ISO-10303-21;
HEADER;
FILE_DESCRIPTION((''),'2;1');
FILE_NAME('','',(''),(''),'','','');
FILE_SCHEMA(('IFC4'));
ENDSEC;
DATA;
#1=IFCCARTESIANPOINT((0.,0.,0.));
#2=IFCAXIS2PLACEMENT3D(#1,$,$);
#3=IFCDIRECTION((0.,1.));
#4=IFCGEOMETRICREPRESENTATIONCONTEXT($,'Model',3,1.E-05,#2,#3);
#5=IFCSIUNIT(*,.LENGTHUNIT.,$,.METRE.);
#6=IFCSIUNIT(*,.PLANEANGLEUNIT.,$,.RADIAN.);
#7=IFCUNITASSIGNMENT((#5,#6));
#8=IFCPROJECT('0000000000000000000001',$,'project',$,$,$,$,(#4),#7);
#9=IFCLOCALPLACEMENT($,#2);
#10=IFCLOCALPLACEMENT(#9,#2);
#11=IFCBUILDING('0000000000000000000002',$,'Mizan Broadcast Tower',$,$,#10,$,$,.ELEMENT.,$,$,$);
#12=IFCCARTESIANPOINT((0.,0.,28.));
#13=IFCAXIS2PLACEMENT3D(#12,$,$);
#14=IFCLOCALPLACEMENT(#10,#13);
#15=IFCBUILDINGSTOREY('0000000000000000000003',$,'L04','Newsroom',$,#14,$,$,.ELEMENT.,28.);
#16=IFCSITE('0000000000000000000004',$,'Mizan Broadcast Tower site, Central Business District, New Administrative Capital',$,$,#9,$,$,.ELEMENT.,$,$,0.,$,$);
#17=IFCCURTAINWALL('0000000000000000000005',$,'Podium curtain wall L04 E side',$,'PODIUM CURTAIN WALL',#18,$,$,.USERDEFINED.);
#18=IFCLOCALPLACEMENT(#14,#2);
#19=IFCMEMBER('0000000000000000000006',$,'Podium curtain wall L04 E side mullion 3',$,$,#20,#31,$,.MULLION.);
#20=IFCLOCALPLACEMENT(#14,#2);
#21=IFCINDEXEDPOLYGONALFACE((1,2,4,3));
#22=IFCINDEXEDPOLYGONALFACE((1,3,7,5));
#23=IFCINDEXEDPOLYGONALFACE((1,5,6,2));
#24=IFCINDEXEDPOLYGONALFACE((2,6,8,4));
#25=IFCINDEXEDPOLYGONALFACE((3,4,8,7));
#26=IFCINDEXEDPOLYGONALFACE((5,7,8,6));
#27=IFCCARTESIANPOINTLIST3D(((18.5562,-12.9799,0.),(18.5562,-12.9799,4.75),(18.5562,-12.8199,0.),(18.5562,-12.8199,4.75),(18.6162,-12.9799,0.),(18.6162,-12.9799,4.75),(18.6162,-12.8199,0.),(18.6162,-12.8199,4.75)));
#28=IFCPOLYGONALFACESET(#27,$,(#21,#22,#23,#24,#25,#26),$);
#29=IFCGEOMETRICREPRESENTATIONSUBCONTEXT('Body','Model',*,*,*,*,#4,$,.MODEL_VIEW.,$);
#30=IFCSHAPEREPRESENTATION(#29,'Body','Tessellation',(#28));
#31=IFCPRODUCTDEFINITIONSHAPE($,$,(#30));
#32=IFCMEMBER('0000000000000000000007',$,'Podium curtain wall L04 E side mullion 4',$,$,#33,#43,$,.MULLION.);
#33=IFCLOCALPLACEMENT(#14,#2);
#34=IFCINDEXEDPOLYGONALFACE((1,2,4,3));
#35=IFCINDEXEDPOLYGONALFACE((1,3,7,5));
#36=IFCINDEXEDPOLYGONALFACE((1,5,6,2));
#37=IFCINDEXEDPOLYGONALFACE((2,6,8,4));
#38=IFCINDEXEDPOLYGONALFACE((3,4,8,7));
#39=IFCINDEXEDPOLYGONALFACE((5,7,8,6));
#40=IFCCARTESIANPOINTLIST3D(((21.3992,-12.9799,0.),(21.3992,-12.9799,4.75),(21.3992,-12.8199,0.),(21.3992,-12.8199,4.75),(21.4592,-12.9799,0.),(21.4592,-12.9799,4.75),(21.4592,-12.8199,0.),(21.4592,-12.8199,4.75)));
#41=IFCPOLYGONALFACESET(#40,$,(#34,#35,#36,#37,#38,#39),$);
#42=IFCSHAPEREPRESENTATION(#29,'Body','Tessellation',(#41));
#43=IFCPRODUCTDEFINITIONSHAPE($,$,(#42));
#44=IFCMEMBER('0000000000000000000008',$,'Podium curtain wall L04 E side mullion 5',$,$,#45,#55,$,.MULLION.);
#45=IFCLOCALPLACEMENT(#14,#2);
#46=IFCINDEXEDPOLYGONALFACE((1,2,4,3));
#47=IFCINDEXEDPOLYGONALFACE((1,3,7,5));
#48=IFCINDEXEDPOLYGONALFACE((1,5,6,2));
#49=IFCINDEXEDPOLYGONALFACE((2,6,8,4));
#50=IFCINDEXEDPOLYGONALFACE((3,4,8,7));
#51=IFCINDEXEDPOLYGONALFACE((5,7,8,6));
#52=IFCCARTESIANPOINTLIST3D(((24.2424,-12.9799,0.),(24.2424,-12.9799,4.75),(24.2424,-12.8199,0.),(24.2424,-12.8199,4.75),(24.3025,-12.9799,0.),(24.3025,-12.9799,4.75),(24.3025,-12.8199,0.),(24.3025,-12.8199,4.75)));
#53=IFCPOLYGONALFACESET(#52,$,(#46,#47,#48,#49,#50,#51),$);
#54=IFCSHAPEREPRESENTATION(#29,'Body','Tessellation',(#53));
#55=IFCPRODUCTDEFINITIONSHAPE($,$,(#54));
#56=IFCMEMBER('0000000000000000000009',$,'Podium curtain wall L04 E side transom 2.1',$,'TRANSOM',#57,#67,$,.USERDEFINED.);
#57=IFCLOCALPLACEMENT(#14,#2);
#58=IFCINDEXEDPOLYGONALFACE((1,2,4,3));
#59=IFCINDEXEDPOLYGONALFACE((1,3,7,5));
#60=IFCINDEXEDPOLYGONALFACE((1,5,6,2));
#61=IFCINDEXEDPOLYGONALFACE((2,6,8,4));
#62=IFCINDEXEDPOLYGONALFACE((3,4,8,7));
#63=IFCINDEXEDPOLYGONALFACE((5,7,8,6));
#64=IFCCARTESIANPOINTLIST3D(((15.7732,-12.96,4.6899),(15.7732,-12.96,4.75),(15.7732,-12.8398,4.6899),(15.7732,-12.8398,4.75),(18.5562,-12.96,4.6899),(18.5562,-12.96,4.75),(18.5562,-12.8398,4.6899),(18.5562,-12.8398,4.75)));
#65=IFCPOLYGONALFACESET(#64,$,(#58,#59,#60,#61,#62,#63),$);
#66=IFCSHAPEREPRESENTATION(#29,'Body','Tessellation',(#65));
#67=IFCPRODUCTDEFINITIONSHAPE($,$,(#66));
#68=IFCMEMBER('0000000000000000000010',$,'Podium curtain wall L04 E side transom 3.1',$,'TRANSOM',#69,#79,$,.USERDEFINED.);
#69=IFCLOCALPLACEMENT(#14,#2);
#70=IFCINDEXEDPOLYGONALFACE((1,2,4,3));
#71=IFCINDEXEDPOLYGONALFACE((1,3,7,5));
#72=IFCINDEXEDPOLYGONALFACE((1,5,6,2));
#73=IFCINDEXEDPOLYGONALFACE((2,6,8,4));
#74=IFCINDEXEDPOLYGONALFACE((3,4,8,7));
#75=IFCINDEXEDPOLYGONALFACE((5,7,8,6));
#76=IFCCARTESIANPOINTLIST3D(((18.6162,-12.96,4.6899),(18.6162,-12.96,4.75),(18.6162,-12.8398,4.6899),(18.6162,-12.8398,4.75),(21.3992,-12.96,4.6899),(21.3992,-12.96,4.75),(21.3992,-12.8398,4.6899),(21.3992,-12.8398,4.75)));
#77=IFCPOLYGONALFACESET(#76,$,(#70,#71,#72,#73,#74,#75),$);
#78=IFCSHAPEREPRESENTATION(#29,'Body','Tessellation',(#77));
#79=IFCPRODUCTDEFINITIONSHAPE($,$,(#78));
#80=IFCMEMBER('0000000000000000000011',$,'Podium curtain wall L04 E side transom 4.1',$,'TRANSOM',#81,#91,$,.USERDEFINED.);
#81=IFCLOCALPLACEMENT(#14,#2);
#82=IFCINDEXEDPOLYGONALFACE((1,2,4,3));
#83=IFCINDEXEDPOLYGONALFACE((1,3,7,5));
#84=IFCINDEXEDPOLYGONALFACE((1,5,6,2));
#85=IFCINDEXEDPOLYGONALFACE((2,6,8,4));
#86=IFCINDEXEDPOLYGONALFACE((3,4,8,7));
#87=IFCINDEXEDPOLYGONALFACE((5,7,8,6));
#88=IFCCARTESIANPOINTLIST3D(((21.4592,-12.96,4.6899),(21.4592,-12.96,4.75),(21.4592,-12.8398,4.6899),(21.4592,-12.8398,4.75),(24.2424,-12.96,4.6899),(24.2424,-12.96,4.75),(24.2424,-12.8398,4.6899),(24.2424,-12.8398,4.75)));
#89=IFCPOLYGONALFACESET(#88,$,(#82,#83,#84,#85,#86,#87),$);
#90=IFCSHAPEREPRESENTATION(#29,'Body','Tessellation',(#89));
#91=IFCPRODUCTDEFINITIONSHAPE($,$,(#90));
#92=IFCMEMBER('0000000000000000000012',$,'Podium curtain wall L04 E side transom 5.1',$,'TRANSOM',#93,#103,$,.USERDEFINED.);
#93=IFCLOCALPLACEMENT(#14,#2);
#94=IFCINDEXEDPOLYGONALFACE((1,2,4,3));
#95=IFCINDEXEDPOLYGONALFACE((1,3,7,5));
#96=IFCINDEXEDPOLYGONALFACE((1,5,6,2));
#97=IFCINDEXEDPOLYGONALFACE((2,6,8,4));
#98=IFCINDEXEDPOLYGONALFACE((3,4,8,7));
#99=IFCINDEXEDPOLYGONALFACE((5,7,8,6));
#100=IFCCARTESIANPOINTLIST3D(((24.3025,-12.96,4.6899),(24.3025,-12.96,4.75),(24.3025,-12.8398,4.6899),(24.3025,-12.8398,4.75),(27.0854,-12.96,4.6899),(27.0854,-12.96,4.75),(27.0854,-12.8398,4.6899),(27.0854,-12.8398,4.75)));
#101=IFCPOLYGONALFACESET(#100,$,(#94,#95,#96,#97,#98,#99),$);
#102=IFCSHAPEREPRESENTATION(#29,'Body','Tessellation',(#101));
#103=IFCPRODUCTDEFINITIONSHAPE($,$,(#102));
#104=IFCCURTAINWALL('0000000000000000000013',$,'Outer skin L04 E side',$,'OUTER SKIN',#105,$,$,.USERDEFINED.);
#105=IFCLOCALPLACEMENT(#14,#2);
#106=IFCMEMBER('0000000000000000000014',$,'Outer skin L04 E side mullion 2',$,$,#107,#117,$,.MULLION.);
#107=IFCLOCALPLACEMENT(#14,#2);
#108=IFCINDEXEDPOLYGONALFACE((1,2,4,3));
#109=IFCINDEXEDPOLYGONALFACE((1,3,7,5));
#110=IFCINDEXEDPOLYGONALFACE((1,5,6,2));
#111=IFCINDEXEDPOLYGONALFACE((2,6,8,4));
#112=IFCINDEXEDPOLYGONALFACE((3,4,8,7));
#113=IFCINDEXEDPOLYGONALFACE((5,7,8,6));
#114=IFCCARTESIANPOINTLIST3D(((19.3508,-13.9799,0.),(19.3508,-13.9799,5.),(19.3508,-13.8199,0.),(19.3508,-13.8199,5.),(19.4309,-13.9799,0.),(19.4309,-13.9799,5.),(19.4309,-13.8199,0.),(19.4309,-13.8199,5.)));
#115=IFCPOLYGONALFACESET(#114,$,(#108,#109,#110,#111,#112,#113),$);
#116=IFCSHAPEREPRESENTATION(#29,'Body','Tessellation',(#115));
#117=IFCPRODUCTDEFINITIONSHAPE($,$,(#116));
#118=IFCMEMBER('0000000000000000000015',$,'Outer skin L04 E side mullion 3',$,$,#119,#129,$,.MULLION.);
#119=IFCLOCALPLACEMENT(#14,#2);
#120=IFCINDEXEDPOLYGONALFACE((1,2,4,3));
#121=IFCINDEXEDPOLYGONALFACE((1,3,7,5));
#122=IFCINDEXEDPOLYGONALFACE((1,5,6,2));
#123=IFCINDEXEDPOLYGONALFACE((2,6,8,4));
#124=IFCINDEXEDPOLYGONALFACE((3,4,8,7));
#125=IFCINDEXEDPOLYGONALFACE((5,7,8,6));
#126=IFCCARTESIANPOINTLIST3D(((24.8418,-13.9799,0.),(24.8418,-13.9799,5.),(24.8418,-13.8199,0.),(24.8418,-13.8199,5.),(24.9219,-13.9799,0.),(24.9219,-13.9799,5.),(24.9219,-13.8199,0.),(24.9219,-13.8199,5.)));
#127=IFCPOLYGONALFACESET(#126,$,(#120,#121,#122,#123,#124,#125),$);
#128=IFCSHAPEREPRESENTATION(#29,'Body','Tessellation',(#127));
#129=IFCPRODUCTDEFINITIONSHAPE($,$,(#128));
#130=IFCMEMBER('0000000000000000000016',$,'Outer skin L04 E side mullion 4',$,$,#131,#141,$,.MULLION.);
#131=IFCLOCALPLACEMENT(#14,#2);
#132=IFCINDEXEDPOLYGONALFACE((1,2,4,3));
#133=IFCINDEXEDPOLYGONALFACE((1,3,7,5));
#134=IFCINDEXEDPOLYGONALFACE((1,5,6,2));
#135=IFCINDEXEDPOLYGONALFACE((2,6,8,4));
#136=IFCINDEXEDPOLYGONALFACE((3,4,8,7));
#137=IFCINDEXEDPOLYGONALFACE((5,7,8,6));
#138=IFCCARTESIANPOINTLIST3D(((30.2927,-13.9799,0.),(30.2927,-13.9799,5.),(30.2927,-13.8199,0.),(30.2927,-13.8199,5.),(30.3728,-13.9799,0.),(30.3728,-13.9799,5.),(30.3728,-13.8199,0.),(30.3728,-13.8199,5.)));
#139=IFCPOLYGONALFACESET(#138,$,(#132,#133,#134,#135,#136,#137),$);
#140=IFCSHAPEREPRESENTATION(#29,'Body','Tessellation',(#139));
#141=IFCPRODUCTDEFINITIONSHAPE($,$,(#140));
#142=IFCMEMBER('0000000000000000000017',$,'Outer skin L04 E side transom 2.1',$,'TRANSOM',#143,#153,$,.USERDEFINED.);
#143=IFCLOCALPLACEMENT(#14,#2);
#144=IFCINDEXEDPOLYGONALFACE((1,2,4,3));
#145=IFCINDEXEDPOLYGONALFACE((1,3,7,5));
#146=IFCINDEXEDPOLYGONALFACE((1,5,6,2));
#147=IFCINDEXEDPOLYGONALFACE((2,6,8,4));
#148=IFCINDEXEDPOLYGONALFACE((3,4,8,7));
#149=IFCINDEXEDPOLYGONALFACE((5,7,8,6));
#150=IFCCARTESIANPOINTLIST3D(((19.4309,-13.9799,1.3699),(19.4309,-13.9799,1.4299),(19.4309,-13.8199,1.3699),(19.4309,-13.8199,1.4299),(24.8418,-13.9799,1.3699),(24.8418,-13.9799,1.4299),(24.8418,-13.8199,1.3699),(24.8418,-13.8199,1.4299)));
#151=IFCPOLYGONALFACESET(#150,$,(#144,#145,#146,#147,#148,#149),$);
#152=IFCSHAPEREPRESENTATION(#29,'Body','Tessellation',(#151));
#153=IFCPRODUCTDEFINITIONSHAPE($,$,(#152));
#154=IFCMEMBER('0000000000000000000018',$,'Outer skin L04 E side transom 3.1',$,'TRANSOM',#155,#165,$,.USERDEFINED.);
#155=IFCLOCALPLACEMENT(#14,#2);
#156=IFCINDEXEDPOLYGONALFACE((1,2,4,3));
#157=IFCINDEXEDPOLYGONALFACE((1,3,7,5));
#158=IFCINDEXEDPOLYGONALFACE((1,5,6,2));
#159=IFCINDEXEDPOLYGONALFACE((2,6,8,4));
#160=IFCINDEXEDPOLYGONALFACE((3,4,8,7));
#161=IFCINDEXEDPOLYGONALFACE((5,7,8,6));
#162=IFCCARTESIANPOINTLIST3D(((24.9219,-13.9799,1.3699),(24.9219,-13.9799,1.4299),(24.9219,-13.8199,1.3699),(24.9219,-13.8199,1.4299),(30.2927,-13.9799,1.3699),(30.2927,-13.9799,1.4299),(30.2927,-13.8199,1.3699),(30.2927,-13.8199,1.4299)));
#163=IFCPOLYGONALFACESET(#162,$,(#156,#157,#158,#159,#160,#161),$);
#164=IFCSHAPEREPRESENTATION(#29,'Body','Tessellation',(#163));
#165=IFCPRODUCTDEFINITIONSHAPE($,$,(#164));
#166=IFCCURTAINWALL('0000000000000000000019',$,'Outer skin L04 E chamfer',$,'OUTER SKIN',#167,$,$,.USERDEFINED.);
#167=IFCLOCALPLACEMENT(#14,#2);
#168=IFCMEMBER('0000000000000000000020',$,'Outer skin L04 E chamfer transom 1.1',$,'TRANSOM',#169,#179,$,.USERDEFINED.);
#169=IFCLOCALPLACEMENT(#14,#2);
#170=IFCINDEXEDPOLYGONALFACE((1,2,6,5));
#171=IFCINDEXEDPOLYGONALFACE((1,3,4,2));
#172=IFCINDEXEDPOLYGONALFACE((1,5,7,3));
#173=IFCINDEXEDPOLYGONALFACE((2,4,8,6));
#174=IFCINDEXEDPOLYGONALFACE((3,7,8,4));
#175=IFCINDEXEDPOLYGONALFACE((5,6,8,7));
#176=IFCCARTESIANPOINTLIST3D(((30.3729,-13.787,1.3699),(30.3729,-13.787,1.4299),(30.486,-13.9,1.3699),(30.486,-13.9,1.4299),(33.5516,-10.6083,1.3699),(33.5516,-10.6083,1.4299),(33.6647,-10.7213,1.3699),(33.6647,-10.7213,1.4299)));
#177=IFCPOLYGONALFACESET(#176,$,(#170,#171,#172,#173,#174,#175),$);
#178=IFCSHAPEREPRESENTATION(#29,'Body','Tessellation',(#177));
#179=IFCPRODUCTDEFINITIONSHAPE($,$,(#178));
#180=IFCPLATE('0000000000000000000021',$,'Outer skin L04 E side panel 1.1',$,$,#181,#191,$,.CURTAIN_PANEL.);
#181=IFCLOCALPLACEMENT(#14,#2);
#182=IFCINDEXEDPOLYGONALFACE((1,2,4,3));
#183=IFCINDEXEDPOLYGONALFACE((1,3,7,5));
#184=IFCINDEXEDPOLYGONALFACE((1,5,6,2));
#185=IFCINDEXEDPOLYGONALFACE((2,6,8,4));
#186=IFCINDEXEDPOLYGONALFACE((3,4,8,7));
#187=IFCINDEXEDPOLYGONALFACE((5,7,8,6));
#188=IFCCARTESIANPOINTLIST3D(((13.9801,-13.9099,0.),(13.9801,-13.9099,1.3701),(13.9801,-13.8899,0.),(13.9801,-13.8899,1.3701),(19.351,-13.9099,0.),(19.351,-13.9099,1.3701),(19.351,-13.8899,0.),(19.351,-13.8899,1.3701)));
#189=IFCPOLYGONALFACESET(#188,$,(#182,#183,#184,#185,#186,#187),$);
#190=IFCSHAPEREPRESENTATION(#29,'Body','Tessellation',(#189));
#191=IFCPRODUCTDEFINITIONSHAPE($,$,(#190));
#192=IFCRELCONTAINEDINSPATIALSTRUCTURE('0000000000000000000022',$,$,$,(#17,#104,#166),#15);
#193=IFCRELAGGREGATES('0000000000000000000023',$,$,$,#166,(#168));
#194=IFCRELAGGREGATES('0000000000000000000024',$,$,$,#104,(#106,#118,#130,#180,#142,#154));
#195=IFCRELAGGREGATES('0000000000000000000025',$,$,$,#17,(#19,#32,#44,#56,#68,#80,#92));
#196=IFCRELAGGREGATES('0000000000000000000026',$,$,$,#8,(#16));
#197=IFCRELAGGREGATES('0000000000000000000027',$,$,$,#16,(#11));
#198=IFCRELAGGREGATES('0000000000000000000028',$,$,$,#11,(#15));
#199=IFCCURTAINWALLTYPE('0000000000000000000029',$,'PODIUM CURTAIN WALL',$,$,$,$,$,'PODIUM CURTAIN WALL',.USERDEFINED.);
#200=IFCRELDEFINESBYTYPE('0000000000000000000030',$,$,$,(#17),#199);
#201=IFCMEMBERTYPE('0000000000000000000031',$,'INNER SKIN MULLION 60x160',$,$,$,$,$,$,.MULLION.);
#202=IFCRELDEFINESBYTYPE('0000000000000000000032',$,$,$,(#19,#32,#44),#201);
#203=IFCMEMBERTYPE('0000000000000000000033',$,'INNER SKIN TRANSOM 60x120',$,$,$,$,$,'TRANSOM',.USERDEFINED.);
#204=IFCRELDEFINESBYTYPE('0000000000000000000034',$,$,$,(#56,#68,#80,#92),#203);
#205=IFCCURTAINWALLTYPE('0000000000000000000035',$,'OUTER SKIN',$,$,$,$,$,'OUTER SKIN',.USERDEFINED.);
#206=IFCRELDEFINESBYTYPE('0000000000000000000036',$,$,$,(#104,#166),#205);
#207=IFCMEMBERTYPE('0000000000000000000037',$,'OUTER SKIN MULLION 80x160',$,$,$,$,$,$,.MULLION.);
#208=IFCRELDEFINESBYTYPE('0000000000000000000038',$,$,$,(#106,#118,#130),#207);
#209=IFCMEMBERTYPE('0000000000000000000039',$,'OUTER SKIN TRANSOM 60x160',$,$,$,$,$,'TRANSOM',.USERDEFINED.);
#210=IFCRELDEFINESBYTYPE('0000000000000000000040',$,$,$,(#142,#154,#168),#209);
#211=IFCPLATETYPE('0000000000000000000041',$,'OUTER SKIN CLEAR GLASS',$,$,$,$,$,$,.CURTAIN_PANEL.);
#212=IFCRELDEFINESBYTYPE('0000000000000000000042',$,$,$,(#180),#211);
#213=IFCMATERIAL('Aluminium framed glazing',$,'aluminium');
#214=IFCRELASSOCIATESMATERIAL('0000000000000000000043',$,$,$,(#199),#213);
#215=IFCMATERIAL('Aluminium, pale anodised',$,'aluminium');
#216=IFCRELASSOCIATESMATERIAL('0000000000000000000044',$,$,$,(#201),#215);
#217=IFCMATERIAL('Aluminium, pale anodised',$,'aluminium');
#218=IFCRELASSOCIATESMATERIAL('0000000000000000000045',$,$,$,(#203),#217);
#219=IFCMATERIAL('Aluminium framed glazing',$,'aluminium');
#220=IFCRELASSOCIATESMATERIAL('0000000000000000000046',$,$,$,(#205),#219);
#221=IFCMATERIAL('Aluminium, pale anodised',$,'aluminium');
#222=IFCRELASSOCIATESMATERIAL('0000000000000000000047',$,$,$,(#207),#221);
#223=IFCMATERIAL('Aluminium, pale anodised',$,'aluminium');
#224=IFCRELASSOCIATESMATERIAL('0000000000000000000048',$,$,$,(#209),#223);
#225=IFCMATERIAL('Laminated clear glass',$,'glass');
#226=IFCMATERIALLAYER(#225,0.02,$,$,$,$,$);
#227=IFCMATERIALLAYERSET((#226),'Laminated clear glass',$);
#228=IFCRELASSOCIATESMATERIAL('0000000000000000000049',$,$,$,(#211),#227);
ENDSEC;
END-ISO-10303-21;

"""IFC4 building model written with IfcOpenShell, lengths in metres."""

from ifc_helpers import new_model, si_unit, direction, frame, origin, origin_2d, place, context, subcontext, project, spatial, rectangle, extrude, material, layer, layer_set, material_profile, profile_set, type_object, element, aggregate, save


model = new_model("IFC4")

# Units and contexts
model_context = context("Model", 3, precision=1e-05, world=origin(), true_north=direction((0.0, 1.0)))
body_context = subcontext(model_context, "Body", "Model", "MODEL_VIEW")
ifc_project = project(units=[si_unit("LENGTHUNIT", "METRE"), si_unit("PLANEANGLEUNIT", "RADIAN")], contexts=[model_context])

# Site, building, storey
site_placement = place(None, origin())
site = spatial("IfcSite", under=ifc_project, at=site_placement, Name="Mizan Broadcast Tower site, Central Business District, New Administrative Capital", CompositionType="ELEMENT", RefElevation=0.0)
building_placement = place(site_placement, origin())
building = spatial("IfcBuilding", under=site, at=building_placement, Name="Mizan Broadcast Tower", CompositionType="ELEMENT")
storey_placement = place(building_placement, frame((0.0, 0.0, 28.0)))
storey = spatial("IfcBuildingStorey", under=building, at=storey_placement, Name="L04", Description="Newsroom", CompositionType="ELEMENT", Elevation=28.0)

# Curtain walls, members
ifc_material_1 = material(Name="Aluminium framed glazing", Category="aluminium")
curtain_wall_type_1 = type_object("IfcCurtainWallType", Name="PODIUM CURTAIN WALL", ElementType="PODIUM CURTAIN WALL", PredefinedType="USERDEFINED", material=ifc_material_1)
curtain_wall_1_placement = place(storey_placement, origin())
curtain_wall_1 = element("IfcCurtainWall", 1, at=curtain_wall_1_placement, inside=storey, type_object=curtain_wall_type_1, Name="Podium curtain wall L04 E side", ObjectType="PODIUM CURTAIN WALL", PredefinedType="USERDEFINED")
ifc_material_2 = material(Name="Aluminium, pale anodised", Category="aluminium")
ifc_material_profile_1 = material_profile(ifc_material_2, rectangle(XDim=0.1599, YDim=0.0601, at=origin_2d()), Name="MULLION 160x60")
ifc_profile_set_1 = profile_set([ifc_material_profile_1], Name="Aluminium, pale anodised")
member_type_1 = type_object("IfcMemberType", Name="INNER SKIN MULLION 60x160", PredefinedType="MULLION", material=ifc_profile_set_1)
member_1_placement = place(storey_placement, frame((18.5862, -12.8999, 0.0), z_axis=(0.0, 0.0, 1.0), x_axis=(0.0, 1.0, 0.0)))
member_1 = element("IfcMember", 2, at=member_1_placement, type_object=member_type_1, Name="Podium curtain wall L04 E side mullion 3", PredefinedType="MULLION", context=body_context, shape_type="SweptSolid", body=[
    extrude(rectangle(XDim=0.1599, YDim=0.0601, at=origin_2d()), origin(), (0.0, 0.0, 1.0), 4.75),
])
member_2_placement = place(storey_placement, frame((21.4292, -12.8999, 0.0), z_axis=(0.0, 0.0, 1.0), x_axis=(0.0, 1.0, 0.0)))
member_2 = element("IfcMember", 3, at=member_2_placement, type_object=member_type_1, Name="Podium curtain wall L04 E side mullion 4", PredefinedType="MULLION", context=body_context, shape_type="SweptSolid", body=[
    extrude(rectangle(XDim=0.1599, YDim=0.0601, at=origin_2d()), origin(), (0.0, 0.0, 1.0), 4.75),
])
member_3_placement = place(storey_placement, frame((24.2725, -12.8999, 0.0), z_axis=(0.0, 0.0, 1.0), x_axis=(0.0, 1.0, 0.0)))
member_3 = element("IfcMember", 4, at=member_3_placement, type_object=member_type_1, Name="Podium curtain wall L04 E side mullion 5", PredefinedType="MULLION", context=body_context, shape_type="SweptSolid", body=[
    extrude(rectangle(XDim=0.1599, YDim=0.0601, at=origin_2d()), origin(), (0.0, 0.0, 1.0), 4.75),
])
ifc_material_3 = material(Name="Aluminium, pale anodised", Category="aluminium")
ifc_material_profile_2 = material_profile(ifc_material_3, rectangle(XDim=0.1201, YDim=0.0601, at=origin_2d()), Name="TRANSOM 120x60")
ifc_profile_set_2 = profile_set([ifc_material_profile_2], Name="Aluminium, pale anodised")
member_type_2 = type_object("IfcMemberType", Name="INNER SKIN TRANSOM 60x120", ElementType="TRANSOM", PredefinedType="USERDEFINED", material=ifc_profile_set_2)
member_4_placement = place(storey_placement, frame((15.7732, -12.8999, 4.72), z_axis=(1.0, 0.0, 0.0), x_axis=(0.0, 1.0, 0.0)))
member_4 = element("IfcMember", 5, at=member_4_placement, type_object=member_type_2, Name="Podium curtain wall L04 E side transom 2.1", ObjectType="TRANSOM", PredefinedType="USERDEFINED", context=body_context, shape_type="SweptSolid", body=[
    extrude(rectangle(XDim=0.1201, YDim=0.0601, at=origin_2d()), origin(), (0.0, 0.0, 1.0), 2.783),
])
member_5_placement = place(storey_placement, frame((18.6162, -12.8999, 4.72), z_axis=(1.0, 0.0, 0.0), x_axis=(0.0, 1.0, 0.0)))
member_5 = element("IfcMember", 6, at=member_5_placement, type_object=member_type_2, Name="Podium curtain wall L04 E side transom 3.1", ObjectType="TRANSOM", PredefinedType="USERDEFINED", context=body_context, shape_type="SweptSolid", body=[
    extrude(rectangle(XDim=0.1201, YDim=0.0601, at=origin_2d()), origin(), (0.0, 0.0, 1.0), 2.783),
])
member_6_placement = place(storey_placement, frame((21.4592, -12.8999, 4.72), z_axis=(1.0, 0.0, 0.0), x_axis=(0.0, 1.0, 0.0)))
member_6 = element("IfcMember", 7, at=member_6_placement, type_object=member_type_2, Name="Podium curtain wall L04 E side transom 4.1", ObjectType="TRANSOM", PredefinedType="USERDEFINED", context=body_context, shape_type="SweptSolid", body=[
    extrude(rectangle(XDim=0.1201, YDim=0.0601, at=origin_2d()), origin(), (0.0, 0.0, 1.0), 2.7832),
])
member_7_placement = place(storey_placement, frame((24.3025, -12.8999, 4.72), z_axis=(1.0, 0.0, 0.0), x_axis=(0.0, 1.0, 0.0)))
member_7 = element("IfcMember", 8, at=member_7_placement, type_object=member_type_2, Name="Podium curtain wall L04 E side transom 5.1", ObjectType="TRANSOM", PredefinedType="USERDEFINED", context=body_context, shape_type="SweptSolid", body=[
    extrude(rectangle(XDim=0.1201, YDim=0.0601, at=origin_2d()), origin(), (0.0, 0.0, 1.0), 2.783),
])
ifc_material_4 = material(Name="Aluminium framed glazing", Category="aluminium")
curtain_wall_type_2 = type_object("IfcCurtainWallType", Name="OUTER SKIN", ElementType="OUTER SKIN", PredefinedType="USERDEFINED", material=ifc_material_4)
curtain_wall_2_placement = place(storey_placement, origin())
curtain_wall_2 = element("IfcCurtainWall", 9, at=curtain_wall_2_placement, inside=storey, type_object=curtain_wall_type_2, Name="Outer skin L04 E side", ObjectType="OUTER SKIN", PredefinedType="USERDEFINED")
ifc_material_5 = material(Name="Aluminium, pale anodised", Category="aluminium")
ifc_material_profile_3 = material_profile(ifc_material_5, rectangle(XDim=0.1599, YDim=0.0801, at=origin_2d()), Name="MULLION 160x80")
ifc_profile_set_3 = profile_set([ifc_material_profile_3], Name="Aluminium, pale anodised")
member_type_3 = type_object("IfcMemberType", Name="OUTER SKIN MULLION 80x160", PredefinedType="MULLION", material=ifc_profile_set_3)
member_8_placement = place(storey_placement, frame((19.3909, -13.8999, 0.0), z_axis=(0.0, 0.0, 1.0), x_axis=(0.0, 1.0, 0.0)))
member_8 = element("IfcMember", 10, at=member_8_placement, type_object=member_type_3, Name="Outer skin L04 E side mullion 2", PredefinedType="MULLION", context=body_context, shape_type="SweptSolid", body=[
    extrude(rectangle(XDim=0.1599, YDim=0.0801, at=origin_2d()), origin(), (0.0, 0.0, 1.0), 5.0),
])
member_9_placement = place(storey_placement, frame((24.8818, -13.8999, 0.0), z_axis=(0.0, 0.0, 1.0), x_axis=(0.0, 1.0, 0.0)))
member_9 = element("IfcMember", 11, at=member_9_placement, type_object=member_type_3, Name="Outer skin L04 E side mullion 3", PredefinedType="MULLION", context=body_context, shape_type="SweptSolid", body=[
    extrude(rectangle(XDim=0.1599, YDim=0.0801, at=origin_2d()), origin(), (0.0, 0.0, 1.0), 5.0),
])
member_10_placement = place(storey_placement, frame((30.3328, -13.8999, 0.0), z_axis=(0.0, 0.0, 1.0), x_axis=(0.0, 1.0, 0.0)))
member_10 = element("IfcMember", 12, at=member_10_placement, type_object=member_type_3, Name="Outer skin L04 E side mullion 4", PredefinedType="MULLION", context=body_context, shape_type="SweptSolid", body=[
    extrude(rectangle(XDim=0.1599, YDim=0.0801, at=origin_2d()), origin(), (0.0, 0.0, 1.0), 5.0),
])
ifc_material_6 = material(Name="Aluminium, pale anodised", Category="aluminium")
ifc_material_profile_4 = material_profile(ifc_material_6, rectangle(XDim=0.1599, YDim=0.0601, at=origin_2d()), Name="TRANSOM 160x60")
ifc_profile_set_4 = profile_set([ifc_material_profile_4], Name="Aluminium, pale anodised")
member_type_4 = type_object("IfcMemberType", Name="OUTER SKIN TRANSOM 60x160", ElementType="TRANSOM", PredefinedType="USERDEFINED", material=ifc_profile_set_4)
member_11_placement = place(storey_placement, frame((19.4309, -13.8999, 1.3999), z_axis=(1.0, 0.0, 0.0), x_axis=(0.0, 1.0, 0.0)))
member_11 = element("IfcMember", 13, at=member_11_placement, type_object=member_type_4, Name="Outer skin L04 E side transom 2.1", ObjectType="TRANSOM", PredefinedType="USERDEFINED", context=body_context, shape_type="SweptSolid", body=[
    extrude(rectangle(XDim=0.1599, YDim=0.0601, at=origin_2d()), origin(), (0.0, 0.0, 1.0), 5.4109),
])
member_12_placement = place(storey_placement, frame((24.9219, -13.8999, 1.3999), z_axis=(1.0, 0.0, 0.0), x_axis=(0.0, 1.0, 0.0)))
member_12 = element("IfcMember", 14, at=member_12_placement, type_object=member_type_4, Name="Outer skin L04 E side transom 3.1", ObjectType="TRANSOM", PredefinedType="USERDEFINED", context=body_context, shape_type="SweptSolid", body=[
    extrude(rectangle(XDim=0.1599, YDim=0.0601, at=origin_2d()), origin(), (0.0, 0.0, 1.0), 5.3708),
])

# Curtain wall, member
curtain_wall_3_placement = place(storey_placement, origin())
curtain_wall_3 = element("IfcCurtainWall", 15, at=curtain_wall_3_placement, inside=storey, type_object=curtain_wall_type_2, Name="Outer skin L04 E chamfer", ObjectType="OUTER SKIN", PredefinedType="USERDEFINED")
member_13_placement = place(storey_placement, frame((30.4294, -13.8435, 1.3999), z_axis=(0.707107, 0.707107, 0.0), x_axis=(-0.707107, 0.707107, 0.0)))
member_13 = element("IfcMember", 16, at=member_13_placement, type_object=member_type_4, Name="Outer skin L04 E chamfer transom 1.1", ObjectType="TRANSOM", PredefinedType="USERDEFINED", context=body_context, shape_type="SweptSolid", body=[
    extrude(rectangle(XDim=0.1599, YDim=0.0601, at=origin_2d()), origin(), (0.0, 0.0, 1.0), 4.4954),
])
aggregate(curtain_wall_3, [member_13])

# Plate
ifc_material_7 = material(Name="Laminated clear glass", Category="glass")
ifc_layer_1 = layer(ifc_material_7, 0.02)
ifc_layer_set_1 = layer_set([ifc_layer_1], Name="Laminated clear glass")
plate_type_1 = type_object("IfcPlateType", Name="OUTER SKIN CLEAR GLASS", PredefinedType="CURTAIN_PANEL", material=ifc_layer_set_1)
plate_1_placement = place(storey_placement, frame((16.6655, -13.8999, 0.0), z_axis=(0.0, 0.0, 1.0), x_axis=(1.0, 0.0, 0.0)))
plate_1 = element("IfcPlate", 17, at=plate_1_placement, type_object=plate_type_1, Name="Outer skin L04 E side panel 1.1", PredefinedType="CURTAIN_PANEL", context=body_context, shape_type="SweptSolid", body=[
    extrude(rectangle(XDim=5.3708, YDim=0.02, at=origin_2d()), origin(), (0.0, 0.0, 1.0), 1.3701),
])
aggregate(curtain_wall_2, [member_8, member_9, member_10, plate_1, member_11, member_12])
aggregate(curtain_wall_1, [member_1, member_2, member_3, member_4, member_5, member_6, member_7])

save(model, "model.ifc")
